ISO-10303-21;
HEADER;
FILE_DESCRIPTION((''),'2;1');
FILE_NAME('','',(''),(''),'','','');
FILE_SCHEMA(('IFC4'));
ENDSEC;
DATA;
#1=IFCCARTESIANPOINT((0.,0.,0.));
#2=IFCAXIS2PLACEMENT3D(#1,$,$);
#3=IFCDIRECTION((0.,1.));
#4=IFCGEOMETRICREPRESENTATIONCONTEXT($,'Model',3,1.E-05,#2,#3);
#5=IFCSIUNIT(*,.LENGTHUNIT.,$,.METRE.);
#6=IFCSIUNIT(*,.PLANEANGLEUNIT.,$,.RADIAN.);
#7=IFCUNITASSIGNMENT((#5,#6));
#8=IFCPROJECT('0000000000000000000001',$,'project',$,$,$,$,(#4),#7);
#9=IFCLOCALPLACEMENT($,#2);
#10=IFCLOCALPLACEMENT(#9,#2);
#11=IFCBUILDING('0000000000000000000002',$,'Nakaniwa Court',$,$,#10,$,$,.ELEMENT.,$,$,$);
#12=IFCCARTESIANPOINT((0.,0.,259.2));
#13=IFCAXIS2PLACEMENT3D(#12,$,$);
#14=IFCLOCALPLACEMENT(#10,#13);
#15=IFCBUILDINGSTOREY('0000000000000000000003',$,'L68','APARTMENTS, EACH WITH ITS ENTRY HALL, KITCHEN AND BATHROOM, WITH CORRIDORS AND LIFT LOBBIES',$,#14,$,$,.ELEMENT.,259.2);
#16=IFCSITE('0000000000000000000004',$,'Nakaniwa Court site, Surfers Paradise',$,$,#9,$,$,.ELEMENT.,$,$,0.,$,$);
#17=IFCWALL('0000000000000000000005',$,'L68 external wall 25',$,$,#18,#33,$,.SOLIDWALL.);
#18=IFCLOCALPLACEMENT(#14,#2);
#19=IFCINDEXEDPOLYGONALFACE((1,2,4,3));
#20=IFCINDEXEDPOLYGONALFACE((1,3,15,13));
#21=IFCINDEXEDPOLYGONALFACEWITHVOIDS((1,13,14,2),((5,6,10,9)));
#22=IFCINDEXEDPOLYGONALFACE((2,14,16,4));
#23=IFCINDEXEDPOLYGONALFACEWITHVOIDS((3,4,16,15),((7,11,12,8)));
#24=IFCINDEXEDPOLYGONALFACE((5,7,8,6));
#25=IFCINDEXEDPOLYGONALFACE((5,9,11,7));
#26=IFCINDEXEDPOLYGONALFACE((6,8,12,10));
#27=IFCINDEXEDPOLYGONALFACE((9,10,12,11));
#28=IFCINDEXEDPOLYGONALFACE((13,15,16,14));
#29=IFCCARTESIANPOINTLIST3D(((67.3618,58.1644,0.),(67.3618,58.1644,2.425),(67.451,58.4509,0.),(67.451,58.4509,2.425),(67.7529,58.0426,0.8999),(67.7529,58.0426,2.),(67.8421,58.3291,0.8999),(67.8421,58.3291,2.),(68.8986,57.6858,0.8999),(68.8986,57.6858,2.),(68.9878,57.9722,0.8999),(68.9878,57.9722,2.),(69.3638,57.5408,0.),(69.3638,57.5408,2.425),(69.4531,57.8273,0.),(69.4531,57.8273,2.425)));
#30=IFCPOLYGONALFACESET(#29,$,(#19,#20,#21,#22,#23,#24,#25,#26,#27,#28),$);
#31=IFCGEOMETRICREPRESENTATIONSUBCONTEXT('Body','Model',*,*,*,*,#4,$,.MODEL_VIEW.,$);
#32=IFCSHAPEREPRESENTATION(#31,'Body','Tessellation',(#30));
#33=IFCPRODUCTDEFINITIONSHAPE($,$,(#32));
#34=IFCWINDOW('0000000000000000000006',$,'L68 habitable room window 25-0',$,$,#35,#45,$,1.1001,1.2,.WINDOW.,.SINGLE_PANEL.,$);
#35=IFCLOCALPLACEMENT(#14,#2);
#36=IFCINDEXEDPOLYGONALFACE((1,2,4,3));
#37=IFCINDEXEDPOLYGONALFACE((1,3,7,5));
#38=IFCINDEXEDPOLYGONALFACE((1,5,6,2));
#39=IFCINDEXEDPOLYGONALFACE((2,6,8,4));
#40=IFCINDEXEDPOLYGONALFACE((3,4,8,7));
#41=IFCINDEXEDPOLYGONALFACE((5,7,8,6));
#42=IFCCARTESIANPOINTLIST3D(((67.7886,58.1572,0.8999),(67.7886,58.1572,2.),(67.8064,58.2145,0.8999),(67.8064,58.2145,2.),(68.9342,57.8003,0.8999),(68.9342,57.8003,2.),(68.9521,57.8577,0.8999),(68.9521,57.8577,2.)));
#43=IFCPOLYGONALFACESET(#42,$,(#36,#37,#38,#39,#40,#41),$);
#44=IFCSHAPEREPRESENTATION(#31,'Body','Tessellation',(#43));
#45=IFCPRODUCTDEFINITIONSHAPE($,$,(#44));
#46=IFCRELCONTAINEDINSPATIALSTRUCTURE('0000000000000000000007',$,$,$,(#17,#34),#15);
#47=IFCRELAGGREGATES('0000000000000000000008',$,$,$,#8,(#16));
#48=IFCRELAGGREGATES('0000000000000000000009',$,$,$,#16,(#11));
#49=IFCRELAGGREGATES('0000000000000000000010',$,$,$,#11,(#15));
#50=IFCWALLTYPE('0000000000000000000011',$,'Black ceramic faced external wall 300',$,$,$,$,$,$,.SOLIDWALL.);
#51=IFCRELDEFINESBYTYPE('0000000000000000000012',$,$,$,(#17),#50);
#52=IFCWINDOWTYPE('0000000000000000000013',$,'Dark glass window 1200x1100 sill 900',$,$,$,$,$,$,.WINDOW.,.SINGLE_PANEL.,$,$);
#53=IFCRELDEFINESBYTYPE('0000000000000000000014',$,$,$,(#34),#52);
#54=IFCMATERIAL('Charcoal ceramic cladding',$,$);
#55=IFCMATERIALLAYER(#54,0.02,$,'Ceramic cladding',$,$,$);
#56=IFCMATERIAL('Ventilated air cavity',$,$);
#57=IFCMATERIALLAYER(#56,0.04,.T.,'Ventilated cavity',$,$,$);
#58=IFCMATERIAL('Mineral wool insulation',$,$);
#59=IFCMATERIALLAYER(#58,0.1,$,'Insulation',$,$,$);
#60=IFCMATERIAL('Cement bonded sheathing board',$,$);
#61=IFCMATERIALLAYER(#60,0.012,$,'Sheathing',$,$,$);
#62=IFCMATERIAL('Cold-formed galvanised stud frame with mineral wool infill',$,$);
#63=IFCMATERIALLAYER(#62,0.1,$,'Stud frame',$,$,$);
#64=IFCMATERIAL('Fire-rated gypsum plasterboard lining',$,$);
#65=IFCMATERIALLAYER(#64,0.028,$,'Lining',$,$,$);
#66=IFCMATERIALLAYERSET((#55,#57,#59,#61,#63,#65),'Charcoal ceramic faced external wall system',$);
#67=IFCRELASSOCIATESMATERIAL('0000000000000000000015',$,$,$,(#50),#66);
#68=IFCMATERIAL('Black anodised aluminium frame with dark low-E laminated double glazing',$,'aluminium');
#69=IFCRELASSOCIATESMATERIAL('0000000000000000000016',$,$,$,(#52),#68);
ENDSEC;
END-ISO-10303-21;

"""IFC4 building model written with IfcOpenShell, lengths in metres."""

from ifc_helpers import new_model, si_unit, direction, frame, frame_2d, origin, place, context, subcontext, project, spatial, rectangle, extrude, material, layer, layer_set, type_object, element, fill, save


model = new_model("IFC4")

# Units and contexts
model_context = context("Model", 3, precision=1e-05, world=origin(), true_north=direction((0.0, 1.0)))
body_context = subcontext(model_context, "Body", "Model", "MODEL_VIEW")
ifc_project = project(units=[si_unit("LENGTHUNIT", "METRE"), si_unit("PLANEANGLEUNIT", "RADIAN")], contexts=[model_context])

# Site, building, storey
site_placement = place(None, origin())
site = spatial("IfcSite", under=ifc_project, at=site_placement, Name="Nakaniwa Court site, Surfers Paradise", CompositionType="ELEMENT", RefElevation=0.0)
building_placement = place(site_placement, origin())
building = spatial("IfcBuilding", under=site, at=building_placement, Name="Nakaniwa Court", CompositionType="ELEMENT")
storey_placement = place(building_placement, frame((0.0, 0.0, 259.2)))
storey = spatial("IfcBuildingStorey", under=building, at=storey_placement, Name="L68", Description="APARTMENTS, EACH WITH ITS ENTRY HALL, KITCHEN AND BATHROOM, WITH CORRIDORS AND LIFT LOBBIES", CompositionType="ELEMENT", Elevation=259.2)

# Wall, opening, window
ifc_material_1 = material(Name="Charcoal ceramic cladding")
ifc_layer_1 = layer(ifc_material_1, 0.02, Name="Ceramic cladding")
ifc_material_2 = material(Name="Ventilated air cavity")
ifc_layer_2 = layer(ifc_material_2, 0.04, ventilated=True, Name="Ventilated cavity")
ifc_material_3 = material(Name="Mineral wool insulation")
ifc_layer_3 = layer(ifc_material_3, 0.1, Name="Insulation")
ifc_material_4 = material(Name="Cement bonded sheathing board")
ifc_layer_4 = layer(ifc_material_4, 0.012, Name="Sheathing")
ifc_material_5 = material(Name="Cold-formed galvanised stud frame with mineral wool infill")
ifc_layer_5 = layer(ifc_material_5, 0.1, Name="Stud frame")
ifc_material_6 = material(Name="Fire-rated gypsum plasterboard lining")
ifc_layer_6 = layer(ifc_material_6, 0.028, Name="Lining")
ifc_layer_set_1 = layer_set([ifc_layer_1, ifc_layer_2, ifc_layer_3, ifc_layer_4, ifc_layer_5, ifc_layer_6], Name="Charcoal ceramic faced external wall system")
wall_type_1 = type_object("IfcWallType", Name="Black ceramic faced external wall 300", PredefinedType="SOLIDWALL", material=ifc_layer_set_1)
ifc_material_7 = material(Name="Black anodised aluminium frame with dark low-E laminated double glazing", Category="aluminium")
window_type_1 = type_object("IfcWindowType", Name="Dark glass window 1200x1100 sill 900", PartitioningType="SINGLE_PANEL", PredefinedType="WINDOW", material=ifc_material_7)
wall_1_placement = place(storey_placement, frame((67.4065, 58.3076, 0.0), z_axis=(0.0, 0.0, 1.0), x_axis=(0.954761, -0.297373, 0.0)))
wall_1 = element("IfcWall", 1, at=wall_1_placement, inside=storey, type_object=wall_type_1, Name="L68 external wall 25", PredefinedType="SOLIDWALL", context=body_context, shape_type="SweptSolid", body=[
    extrude(rectangle(XDim=2.0969, YDim=0.3, at=frame_2d((1.0483, 0.0))), origin(), (0.0, 0.0, 1.0), 2.425),
])
opening_1_placement = place(wall_1_placement, frame((0.4094, 0.0, 0.8999)))
opening_1 = element("IfcOpeningElement", 2, at=opening_1_placement, cuts=wall_1, PredefinedType="OPENING", context=body_context, shape_type="SweptSolid", body=[
    extrude(rectangle(XDim=1.2, YDim=1.1001, at=frame_2d((0.6001, 0.55))), frame((0.0, 0.1599, 0.0), z_axis=(0.0, -1.0, 0.0), x_axis=(1.0, 0.0, 0.0)), (0.0, 0.0, 1.0), 0.3201),
])
window_1_placement = place(opening_1_placement, origin())
window_1 = element("IfcWindow", 3, at=window_1_placement, inside=storey, type_object=window_type_1, Name="L68 habitable room window 25-0", OverallHeight=1.1001, OverallWidth=1.2, PartitioningType="SINGLE_PANEL", PredefinedType="WINDOW", context=body_context, shape_type="SweptSolid", body=[
    extrude(rectangle(XDim=1.2, YDim=1.1001, at=frame_2d((0.6001, 0.55))), frame((0.0, 0.03, 0.0), z_axis=(0.0, -1.0, 0.0), x_axis=(1.0, 0.0, 0.0)), (0.0, 0.0, 1.0), 0.0601),
])
fill(opening_1, window_1)

save(model, "model.ifc")
